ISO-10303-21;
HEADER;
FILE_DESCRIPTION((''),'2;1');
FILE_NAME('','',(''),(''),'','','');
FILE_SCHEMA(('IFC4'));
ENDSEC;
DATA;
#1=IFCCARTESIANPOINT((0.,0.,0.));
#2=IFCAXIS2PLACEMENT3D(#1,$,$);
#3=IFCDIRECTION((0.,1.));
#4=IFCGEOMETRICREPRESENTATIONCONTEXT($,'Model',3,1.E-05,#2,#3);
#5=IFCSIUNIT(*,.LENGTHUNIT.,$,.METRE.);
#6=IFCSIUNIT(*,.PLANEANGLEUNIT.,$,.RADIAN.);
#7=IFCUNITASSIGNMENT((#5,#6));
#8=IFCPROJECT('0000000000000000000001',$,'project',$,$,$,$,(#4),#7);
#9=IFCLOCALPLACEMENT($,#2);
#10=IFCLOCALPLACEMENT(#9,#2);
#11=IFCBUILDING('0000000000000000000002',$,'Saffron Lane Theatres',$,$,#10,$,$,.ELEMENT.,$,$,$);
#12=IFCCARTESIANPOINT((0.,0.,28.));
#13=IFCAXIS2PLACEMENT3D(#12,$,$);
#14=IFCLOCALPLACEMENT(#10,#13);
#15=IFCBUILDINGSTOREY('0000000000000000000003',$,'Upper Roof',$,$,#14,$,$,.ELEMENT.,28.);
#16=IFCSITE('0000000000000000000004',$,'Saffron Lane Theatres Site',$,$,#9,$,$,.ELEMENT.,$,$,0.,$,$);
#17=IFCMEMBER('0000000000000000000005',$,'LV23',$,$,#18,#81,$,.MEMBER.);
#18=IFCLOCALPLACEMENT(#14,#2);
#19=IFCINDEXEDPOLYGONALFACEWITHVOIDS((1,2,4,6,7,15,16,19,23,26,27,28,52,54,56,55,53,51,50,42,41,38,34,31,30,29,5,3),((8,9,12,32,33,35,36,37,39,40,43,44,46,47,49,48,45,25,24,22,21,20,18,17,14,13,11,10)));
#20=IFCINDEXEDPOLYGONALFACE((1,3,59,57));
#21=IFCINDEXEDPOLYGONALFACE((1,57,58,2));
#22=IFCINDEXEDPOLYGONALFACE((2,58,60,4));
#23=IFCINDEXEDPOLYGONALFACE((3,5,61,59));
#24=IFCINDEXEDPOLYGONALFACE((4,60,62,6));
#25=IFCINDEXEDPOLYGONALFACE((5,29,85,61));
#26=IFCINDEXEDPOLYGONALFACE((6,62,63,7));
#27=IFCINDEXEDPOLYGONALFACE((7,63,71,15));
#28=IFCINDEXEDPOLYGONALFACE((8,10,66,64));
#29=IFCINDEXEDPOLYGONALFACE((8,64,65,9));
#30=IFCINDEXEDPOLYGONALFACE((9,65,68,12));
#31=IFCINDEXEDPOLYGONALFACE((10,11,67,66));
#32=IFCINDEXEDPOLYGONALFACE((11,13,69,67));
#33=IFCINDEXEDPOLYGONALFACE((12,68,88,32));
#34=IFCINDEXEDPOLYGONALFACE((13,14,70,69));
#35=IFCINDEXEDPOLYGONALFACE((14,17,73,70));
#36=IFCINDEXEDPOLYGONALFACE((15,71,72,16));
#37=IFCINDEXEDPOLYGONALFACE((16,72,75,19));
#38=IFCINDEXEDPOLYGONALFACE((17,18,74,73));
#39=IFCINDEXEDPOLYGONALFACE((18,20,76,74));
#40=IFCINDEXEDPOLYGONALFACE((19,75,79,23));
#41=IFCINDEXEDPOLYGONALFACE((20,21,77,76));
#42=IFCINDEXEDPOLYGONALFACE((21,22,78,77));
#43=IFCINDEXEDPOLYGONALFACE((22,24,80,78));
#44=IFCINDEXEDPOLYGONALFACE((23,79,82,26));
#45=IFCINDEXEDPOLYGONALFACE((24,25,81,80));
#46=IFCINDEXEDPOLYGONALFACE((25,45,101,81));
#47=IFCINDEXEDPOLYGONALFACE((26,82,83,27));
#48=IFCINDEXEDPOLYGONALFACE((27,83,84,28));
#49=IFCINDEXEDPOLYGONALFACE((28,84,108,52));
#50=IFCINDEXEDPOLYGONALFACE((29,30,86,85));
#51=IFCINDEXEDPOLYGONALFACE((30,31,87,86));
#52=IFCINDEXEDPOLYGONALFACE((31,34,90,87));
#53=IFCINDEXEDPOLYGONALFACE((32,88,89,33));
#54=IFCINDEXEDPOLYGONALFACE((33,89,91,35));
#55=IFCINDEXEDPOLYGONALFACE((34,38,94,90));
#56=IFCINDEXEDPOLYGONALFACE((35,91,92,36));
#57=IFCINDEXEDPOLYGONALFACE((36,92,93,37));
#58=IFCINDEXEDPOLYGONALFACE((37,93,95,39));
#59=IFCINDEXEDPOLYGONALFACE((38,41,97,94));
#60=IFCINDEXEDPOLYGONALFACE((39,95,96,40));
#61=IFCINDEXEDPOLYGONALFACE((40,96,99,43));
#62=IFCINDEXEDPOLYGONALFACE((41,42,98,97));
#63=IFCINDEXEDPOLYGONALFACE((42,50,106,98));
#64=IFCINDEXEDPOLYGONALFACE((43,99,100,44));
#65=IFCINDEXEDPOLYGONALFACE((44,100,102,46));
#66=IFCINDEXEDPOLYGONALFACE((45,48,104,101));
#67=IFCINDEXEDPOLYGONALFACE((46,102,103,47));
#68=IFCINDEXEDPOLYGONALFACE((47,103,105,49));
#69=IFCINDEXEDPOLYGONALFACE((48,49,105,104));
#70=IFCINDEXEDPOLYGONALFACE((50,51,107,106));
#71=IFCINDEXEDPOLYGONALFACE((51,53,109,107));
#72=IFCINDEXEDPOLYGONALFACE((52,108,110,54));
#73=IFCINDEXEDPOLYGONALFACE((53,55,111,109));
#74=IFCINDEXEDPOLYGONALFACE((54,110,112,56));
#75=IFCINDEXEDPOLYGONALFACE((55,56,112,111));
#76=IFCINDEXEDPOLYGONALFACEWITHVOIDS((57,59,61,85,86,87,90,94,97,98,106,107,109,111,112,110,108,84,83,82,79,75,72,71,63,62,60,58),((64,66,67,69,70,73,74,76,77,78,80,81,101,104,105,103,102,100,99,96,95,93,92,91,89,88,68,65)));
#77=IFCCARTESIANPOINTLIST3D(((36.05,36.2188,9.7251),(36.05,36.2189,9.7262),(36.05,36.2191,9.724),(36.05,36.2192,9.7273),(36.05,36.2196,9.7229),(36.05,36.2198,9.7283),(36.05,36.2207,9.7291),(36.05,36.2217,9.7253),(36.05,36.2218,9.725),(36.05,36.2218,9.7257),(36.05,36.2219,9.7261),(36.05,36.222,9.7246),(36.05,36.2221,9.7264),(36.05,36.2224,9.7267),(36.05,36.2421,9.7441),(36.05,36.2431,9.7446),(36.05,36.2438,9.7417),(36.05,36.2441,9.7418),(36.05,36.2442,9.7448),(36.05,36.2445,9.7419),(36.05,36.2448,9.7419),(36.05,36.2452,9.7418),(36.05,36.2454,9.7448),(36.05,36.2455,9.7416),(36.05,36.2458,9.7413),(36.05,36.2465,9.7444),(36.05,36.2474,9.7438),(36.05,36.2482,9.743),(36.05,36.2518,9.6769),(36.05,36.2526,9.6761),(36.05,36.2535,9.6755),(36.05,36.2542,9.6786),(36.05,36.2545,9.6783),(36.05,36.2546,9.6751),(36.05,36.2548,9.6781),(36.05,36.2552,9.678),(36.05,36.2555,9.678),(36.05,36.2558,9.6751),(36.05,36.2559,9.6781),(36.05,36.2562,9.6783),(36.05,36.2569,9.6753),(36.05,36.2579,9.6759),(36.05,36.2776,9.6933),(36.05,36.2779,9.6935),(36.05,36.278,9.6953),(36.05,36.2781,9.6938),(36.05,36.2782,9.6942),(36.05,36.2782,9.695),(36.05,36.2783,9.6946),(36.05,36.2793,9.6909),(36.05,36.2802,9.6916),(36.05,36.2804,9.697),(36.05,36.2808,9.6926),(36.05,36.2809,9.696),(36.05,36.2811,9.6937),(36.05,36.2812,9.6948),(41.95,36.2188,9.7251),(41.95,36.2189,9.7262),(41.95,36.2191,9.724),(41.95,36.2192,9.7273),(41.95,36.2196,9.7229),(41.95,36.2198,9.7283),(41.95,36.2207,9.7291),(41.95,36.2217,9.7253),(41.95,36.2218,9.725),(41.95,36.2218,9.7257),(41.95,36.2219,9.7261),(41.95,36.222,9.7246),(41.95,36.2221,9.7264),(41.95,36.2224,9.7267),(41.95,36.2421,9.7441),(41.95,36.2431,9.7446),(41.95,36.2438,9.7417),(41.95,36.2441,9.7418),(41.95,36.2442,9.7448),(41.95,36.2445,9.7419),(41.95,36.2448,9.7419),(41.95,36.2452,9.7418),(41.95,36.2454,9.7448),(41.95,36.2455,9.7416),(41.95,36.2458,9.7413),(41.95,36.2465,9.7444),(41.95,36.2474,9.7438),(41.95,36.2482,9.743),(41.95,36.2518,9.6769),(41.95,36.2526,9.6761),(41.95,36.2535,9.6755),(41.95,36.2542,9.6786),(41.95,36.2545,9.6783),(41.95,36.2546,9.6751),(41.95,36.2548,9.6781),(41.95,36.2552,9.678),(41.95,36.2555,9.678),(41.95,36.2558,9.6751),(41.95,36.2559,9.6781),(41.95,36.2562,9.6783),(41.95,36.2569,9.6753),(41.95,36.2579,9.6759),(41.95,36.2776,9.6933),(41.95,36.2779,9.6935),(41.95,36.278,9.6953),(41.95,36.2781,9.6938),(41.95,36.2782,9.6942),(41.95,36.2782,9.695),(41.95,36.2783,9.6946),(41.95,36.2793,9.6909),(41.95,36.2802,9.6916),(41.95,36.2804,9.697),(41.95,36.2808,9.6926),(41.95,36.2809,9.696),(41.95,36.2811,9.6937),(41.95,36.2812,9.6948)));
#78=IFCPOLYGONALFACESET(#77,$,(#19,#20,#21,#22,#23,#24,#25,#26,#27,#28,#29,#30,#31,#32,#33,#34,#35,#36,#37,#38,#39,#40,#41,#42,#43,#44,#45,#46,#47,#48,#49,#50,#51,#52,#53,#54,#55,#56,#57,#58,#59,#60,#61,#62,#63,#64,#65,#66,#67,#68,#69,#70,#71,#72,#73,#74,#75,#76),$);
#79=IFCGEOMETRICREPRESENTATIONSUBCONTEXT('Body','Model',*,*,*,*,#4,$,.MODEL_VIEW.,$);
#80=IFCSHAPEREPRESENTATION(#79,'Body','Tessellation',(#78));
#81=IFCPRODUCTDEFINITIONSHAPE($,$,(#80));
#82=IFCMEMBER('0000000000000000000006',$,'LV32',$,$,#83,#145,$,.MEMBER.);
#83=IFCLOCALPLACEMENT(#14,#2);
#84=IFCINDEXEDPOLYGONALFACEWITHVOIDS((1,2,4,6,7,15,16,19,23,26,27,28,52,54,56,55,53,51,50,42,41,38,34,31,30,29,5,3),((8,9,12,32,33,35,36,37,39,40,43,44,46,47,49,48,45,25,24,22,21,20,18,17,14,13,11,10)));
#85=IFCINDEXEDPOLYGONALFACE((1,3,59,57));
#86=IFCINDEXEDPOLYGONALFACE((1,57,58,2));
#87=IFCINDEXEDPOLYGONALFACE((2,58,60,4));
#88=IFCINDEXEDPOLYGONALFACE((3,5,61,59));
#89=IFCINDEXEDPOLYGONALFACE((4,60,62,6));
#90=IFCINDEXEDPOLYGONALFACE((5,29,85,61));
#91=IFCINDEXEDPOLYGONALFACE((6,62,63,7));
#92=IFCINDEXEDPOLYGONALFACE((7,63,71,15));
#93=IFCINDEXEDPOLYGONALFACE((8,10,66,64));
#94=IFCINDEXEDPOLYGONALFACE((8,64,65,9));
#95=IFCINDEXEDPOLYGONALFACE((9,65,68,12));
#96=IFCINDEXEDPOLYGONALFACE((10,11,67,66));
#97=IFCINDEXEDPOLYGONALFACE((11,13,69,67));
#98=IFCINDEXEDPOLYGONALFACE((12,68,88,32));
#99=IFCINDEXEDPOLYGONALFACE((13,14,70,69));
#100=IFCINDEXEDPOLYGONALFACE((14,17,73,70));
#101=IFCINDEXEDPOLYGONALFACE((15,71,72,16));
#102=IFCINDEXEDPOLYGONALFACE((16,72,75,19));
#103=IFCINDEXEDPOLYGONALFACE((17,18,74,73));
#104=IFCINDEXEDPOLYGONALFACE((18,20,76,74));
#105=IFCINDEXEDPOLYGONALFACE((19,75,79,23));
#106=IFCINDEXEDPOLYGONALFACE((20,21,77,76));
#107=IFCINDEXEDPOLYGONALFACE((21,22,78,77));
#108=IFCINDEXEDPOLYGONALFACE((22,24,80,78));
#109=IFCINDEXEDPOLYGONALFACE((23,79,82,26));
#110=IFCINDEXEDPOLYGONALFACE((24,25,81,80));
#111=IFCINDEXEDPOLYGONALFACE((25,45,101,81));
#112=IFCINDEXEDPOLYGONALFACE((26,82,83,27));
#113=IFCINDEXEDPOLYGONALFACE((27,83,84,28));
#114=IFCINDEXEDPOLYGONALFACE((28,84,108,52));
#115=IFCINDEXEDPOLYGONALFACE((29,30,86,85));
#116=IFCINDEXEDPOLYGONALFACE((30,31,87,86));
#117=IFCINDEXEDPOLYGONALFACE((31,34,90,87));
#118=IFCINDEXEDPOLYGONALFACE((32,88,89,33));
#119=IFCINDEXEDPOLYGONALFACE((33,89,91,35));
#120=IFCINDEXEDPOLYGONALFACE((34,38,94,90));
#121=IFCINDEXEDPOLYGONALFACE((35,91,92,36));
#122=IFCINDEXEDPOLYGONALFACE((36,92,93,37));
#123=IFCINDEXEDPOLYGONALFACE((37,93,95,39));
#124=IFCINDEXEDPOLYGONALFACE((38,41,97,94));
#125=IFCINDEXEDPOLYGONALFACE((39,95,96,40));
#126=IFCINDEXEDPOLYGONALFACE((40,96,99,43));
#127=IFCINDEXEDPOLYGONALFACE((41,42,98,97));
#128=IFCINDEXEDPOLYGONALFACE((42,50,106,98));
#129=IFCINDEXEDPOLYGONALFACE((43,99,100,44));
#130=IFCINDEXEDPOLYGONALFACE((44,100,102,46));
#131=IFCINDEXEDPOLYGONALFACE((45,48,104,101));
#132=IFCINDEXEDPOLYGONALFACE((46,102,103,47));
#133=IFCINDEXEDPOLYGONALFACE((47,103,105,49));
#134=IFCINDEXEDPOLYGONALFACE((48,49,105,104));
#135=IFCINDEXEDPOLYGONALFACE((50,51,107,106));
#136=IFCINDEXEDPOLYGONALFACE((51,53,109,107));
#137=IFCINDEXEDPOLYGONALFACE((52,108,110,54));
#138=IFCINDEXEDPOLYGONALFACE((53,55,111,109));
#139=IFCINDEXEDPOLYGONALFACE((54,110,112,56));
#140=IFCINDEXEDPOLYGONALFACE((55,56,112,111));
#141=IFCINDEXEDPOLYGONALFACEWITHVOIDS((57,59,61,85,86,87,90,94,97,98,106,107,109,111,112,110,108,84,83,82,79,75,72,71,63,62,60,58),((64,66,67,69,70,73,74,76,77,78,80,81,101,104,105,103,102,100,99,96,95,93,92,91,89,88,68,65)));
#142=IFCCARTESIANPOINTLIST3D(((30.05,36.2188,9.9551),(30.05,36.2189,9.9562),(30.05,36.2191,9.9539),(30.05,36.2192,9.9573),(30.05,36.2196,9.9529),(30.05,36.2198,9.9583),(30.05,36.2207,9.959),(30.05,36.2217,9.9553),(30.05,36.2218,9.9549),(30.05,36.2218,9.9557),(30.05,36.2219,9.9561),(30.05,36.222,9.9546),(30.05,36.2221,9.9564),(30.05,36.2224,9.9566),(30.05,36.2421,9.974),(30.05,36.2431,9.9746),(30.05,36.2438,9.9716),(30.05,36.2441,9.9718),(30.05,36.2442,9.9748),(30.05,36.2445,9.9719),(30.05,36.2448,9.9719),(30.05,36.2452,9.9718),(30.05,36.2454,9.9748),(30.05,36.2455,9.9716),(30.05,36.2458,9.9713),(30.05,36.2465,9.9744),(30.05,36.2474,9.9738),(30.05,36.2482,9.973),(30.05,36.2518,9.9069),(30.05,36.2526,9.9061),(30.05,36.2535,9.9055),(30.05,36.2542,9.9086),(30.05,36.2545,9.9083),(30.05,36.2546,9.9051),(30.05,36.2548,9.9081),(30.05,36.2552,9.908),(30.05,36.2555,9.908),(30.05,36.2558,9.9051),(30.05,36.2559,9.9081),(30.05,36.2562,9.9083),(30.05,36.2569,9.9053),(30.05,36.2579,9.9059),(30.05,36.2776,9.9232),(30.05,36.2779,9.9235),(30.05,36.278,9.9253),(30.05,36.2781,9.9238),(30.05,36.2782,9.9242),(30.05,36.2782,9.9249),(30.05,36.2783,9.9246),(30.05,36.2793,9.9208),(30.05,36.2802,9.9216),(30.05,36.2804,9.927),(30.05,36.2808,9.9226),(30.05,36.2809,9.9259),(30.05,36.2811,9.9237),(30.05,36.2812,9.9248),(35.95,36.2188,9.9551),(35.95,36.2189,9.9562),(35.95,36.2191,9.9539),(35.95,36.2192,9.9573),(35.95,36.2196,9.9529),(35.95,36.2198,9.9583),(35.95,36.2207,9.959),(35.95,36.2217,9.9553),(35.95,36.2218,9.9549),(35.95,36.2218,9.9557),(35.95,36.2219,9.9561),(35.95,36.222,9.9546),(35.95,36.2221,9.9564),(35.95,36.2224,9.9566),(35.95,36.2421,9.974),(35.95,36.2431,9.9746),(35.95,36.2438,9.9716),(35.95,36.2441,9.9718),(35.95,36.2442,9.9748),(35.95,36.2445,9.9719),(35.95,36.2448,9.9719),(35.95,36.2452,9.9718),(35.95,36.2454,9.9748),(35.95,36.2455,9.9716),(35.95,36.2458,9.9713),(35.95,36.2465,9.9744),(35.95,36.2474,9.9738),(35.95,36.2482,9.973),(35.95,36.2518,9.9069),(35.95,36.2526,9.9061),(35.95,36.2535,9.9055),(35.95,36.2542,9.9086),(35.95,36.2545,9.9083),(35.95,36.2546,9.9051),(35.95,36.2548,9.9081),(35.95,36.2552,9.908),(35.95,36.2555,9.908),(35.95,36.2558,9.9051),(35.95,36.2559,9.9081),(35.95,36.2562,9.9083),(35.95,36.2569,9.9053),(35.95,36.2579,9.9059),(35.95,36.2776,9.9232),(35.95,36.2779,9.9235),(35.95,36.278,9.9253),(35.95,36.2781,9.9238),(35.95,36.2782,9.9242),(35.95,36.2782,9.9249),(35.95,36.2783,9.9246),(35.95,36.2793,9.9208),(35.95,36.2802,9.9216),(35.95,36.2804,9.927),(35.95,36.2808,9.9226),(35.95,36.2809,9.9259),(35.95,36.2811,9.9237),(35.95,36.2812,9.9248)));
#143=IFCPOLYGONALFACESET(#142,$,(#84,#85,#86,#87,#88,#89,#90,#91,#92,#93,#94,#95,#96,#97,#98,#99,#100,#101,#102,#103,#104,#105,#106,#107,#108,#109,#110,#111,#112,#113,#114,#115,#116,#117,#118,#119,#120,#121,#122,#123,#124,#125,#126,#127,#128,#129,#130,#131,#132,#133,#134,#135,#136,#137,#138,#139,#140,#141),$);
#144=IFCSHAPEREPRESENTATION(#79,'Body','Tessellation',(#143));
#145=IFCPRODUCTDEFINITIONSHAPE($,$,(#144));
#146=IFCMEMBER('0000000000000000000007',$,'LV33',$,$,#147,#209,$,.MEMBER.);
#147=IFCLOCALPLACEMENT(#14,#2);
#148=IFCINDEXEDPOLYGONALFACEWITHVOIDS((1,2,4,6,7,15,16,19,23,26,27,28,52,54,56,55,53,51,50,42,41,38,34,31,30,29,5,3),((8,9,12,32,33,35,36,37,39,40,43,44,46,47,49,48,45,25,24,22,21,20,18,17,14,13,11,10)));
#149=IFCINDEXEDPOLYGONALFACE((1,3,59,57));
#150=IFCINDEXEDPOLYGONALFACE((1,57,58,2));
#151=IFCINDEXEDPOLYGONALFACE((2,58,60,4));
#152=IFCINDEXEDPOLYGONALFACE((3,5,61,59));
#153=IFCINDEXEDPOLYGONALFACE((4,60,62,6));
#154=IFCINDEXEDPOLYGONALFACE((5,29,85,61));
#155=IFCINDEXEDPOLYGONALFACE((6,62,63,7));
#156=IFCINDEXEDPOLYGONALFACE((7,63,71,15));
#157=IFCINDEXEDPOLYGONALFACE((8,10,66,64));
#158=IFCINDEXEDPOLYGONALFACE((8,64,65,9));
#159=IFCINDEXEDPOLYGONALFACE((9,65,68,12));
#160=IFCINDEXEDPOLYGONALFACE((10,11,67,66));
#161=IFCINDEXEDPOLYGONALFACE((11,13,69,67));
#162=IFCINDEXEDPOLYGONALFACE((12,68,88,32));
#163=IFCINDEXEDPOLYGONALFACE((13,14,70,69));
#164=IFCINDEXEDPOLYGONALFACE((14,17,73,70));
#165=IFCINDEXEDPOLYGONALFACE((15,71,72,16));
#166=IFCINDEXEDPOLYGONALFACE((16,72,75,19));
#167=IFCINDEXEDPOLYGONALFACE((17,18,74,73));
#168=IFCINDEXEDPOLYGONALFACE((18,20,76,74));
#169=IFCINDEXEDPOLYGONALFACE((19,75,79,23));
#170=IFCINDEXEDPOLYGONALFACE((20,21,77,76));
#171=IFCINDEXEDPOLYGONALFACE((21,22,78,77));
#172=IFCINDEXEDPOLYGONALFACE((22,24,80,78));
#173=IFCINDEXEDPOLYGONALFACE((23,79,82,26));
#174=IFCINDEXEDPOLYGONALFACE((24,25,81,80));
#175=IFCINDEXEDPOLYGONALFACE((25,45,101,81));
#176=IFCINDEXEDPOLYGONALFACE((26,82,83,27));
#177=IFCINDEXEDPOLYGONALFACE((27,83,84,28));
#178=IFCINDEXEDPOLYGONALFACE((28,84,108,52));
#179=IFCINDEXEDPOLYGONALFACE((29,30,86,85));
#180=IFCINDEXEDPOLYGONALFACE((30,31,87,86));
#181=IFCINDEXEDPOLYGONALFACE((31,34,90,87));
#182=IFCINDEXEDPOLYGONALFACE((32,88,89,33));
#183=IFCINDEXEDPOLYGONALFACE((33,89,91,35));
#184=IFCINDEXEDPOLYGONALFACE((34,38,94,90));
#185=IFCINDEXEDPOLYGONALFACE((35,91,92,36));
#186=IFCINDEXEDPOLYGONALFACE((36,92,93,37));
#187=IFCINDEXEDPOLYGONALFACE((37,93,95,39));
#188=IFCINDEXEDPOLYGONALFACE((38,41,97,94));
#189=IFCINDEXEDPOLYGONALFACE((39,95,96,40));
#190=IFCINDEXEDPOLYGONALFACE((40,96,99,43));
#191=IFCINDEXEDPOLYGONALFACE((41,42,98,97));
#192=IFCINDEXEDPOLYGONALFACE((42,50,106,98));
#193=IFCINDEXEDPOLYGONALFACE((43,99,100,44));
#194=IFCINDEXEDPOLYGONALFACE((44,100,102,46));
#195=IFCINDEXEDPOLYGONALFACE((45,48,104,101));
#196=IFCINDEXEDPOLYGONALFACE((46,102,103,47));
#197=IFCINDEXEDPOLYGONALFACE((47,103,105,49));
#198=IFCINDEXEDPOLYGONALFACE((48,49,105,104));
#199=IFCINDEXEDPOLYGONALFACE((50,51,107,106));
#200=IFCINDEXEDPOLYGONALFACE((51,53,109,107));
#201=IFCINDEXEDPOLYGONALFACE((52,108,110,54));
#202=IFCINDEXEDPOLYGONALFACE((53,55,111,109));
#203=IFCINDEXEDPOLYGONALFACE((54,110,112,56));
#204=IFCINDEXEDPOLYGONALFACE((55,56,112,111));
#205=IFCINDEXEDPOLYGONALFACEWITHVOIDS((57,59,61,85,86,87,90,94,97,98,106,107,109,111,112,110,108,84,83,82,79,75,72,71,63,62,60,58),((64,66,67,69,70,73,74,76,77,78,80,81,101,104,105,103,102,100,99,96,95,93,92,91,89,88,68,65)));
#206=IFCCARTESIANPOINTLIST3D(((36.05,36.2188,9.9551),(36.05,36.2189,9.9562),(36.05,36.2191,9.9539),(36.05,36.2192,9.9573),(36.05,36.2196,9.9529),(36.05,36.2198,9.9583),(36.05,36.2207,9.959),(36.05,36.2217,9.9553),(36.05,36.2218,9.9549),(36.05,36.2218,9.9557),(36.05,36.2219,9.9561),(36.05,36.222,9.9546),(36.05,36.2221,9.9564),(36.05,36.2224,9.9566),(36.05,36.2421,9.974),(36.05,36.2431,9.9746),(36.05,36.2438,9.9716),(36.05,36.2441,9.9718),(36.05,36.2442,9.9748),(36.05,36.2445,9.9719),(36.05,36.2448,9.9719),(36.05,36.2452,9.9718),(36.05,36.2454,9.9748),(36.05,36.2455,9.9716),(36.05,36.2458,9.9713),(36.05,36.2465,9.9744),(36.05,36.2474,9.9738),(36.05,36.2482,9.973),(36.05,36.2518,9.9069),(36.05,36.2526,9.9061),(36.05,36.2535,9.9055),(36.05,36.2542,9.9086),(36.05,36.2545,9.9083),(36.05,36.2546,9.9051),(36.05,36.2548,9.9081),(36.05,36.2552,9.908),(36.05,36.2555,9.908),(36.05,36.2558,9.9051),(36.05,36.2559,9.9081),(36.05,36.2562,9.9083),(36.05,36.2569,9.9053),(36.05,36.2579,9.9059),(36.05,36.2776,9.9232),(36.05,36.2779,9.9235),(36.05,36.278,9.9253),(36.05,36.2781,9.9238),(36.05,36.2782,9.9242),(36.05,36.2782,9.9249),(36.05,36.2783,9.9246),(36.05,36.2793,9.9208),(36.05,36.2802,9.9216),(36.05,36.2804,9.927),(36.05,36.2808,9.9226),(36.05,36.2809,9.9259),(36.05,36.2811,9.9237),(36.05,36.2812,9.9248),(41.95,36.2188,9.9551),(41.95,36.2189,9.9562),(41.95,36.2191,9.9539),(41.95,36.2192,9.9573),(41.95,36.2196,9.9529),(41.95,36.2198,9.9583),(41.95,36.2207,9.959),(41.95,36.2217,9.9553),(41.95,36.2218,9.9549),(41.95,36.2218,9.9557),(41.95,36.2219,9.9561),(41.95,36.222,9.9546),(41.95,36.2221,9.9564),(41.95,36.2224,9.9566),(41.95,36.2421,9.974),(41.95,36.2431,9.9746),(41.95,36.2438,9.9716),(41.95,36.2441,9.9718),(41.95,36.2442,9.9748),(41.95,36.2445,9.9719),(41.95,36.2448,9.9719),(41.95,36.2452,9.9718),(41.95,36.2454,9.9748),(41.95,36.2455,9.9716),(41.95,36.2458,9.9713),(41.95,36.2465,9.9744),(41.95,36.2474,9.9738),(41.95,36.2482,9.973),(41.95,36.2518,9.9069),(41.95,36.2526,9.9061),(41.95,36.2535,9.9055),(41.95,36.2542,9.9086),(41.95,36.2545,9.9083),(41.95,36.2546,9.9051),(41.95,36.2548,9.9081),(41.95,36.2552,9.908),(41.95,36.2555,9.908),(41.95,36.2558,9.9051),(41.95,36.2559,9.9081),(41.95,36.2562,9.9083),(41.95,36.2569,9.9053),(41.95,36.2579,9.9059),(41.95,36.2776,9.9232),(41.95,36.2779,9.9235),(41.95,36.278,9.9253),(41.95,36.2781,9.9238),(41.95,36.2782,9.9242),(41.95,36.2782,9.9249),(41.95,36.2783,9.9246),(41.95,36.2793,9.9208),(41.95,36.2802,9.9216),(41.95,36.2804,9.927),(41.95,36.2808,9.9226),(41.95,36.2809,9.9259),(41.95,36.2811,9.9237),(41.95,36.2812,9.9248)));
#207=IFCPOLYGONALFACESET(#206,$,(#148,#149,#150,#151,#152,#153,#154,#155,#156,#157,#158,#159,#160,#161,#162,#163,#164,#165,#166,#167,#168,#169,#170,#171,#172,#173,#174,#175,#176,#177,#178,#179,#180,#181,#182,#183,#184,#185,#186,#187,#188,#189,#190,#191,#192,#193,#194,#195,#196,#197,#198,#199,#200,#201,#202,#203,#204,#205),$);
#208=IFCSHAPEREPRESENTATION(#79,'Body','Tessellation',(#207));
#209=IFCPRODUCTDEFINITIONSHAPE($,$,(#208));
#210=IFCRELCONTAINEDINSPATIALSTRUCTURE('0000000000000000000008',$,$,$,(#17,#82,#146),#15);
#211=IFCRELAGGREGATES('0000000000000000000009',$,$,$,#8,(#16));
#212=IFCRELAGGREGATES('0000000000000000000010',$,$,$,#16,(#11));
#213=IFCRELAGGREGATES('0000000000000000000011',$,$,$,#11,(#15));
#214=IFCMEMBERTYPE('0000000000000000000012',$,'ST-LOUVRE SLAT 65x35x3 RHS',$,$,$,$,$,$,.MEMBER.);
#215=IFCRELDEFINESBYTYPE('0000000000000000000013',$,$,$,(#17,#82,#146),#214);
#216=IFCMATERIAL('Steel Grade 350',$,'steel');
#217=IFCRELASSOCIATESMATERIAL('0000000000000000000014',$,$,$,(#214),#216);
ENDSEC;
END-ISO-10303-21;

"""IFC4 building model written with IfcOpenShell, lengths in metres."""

from ifc_helpers import new_model, si_unit, direction, frame, origin, origin_2d, place, context, subcontext, project, spatial, hollow_rectangle, extrude, material, material_profile, profile_set, type_object, element, save


model = new_model("IFC4")

# Units and contexts
model_context = context("Model", 3, precision=1e-05, world=origin(), true_north=direction((0.0, 1.0)))
body_context = subcontext(model_context, "Body", "Model", "MODEL_VIEW")
ifc_project = project(units=[si_unit("LENGTHUNIT", "METRE"), si_unit("PLANEANGLEUNIT", "RADIAN")], contexts=[model_context])

# Site, building, storey
site_placement = place(None, origin())
site = spatial("IfcSite", under=ifc_project, at=site_placement, Name="Saffron Lane Theatres Site", CompositionType="ELEMENT", RefElevation=0.0)
building_placement = place(site_placement, origin())
building = spatial("IfcBuilding", under=site, at=building_placement, Name="Saffron Lane Theatres", CompositionType="ELEMENT")
storey_placement = place(building_placement, frame((0.0, 0.0, 28.0)))
storey = spatial("IfcBuildingStorey", under=building, at=storey_placement, Name="Upper Roof", CompositionType="ELEMENT", Elevation=28.0)

# Members
ifc_material_1 = material(Name="Steel Grade 350", Category="steel")
ifc_material_profile_1 = material_profile(ifc_material_1, hollow_rectangle(XDim=0.0349, YDim=0.0649, WallThickness=0.0029, InnerFilletRadius=0.0015, OuterFilletRadius=0.0044, at=origin_2d()))
ifc_profile_set_1 = profile_set([ifc_material_profile_1], Name="Steel Grade 350")
member_type_1 = type_object("IfcMemberType", Name="ST-LOUVRE SLAT 65x35x3 RHS", PredefinedType="MEMBER", material=ifc_profile_set_1)
for number, where, z_axis, x_axis, name in (
    (1, (36.05, 36.25, 9.71), (1.0, 0.0, 0.0), (0.0, 0.819152, 0.573576), "LV23"),
    (2, (30.05, 36.25, 9.9399), (1.0, 0.0, 0.0), (0.0, 0.819152, 0.573576), "LV32"),
    (3, (36.05, 36.25, 9.9399), (1.0, 0.0, 0.0), (0.0, 0.819152, 0.573576), "LV33"),
):
    element("IfcMember", number, at=place(storey_placement, frame(where, z_axis=z_axis, x_axis=x_axis)), inside=storey, type_object=member_type_1, Name=name, PredefinedType="MEMBER", context=body_context, shape_type="SweptSolid", body=[
        extrude(hollow_rectangle(XDim=0.0349, YDim=0.0649, WallThickness=0.0029, InnerFilletRadius=0.0015, OuterFilletRadius=0.0044, at=origin_2d()), origin(), (0.0, 0.0, 1.0), 5.8999),
    ])

save(model, "model.ifc")
